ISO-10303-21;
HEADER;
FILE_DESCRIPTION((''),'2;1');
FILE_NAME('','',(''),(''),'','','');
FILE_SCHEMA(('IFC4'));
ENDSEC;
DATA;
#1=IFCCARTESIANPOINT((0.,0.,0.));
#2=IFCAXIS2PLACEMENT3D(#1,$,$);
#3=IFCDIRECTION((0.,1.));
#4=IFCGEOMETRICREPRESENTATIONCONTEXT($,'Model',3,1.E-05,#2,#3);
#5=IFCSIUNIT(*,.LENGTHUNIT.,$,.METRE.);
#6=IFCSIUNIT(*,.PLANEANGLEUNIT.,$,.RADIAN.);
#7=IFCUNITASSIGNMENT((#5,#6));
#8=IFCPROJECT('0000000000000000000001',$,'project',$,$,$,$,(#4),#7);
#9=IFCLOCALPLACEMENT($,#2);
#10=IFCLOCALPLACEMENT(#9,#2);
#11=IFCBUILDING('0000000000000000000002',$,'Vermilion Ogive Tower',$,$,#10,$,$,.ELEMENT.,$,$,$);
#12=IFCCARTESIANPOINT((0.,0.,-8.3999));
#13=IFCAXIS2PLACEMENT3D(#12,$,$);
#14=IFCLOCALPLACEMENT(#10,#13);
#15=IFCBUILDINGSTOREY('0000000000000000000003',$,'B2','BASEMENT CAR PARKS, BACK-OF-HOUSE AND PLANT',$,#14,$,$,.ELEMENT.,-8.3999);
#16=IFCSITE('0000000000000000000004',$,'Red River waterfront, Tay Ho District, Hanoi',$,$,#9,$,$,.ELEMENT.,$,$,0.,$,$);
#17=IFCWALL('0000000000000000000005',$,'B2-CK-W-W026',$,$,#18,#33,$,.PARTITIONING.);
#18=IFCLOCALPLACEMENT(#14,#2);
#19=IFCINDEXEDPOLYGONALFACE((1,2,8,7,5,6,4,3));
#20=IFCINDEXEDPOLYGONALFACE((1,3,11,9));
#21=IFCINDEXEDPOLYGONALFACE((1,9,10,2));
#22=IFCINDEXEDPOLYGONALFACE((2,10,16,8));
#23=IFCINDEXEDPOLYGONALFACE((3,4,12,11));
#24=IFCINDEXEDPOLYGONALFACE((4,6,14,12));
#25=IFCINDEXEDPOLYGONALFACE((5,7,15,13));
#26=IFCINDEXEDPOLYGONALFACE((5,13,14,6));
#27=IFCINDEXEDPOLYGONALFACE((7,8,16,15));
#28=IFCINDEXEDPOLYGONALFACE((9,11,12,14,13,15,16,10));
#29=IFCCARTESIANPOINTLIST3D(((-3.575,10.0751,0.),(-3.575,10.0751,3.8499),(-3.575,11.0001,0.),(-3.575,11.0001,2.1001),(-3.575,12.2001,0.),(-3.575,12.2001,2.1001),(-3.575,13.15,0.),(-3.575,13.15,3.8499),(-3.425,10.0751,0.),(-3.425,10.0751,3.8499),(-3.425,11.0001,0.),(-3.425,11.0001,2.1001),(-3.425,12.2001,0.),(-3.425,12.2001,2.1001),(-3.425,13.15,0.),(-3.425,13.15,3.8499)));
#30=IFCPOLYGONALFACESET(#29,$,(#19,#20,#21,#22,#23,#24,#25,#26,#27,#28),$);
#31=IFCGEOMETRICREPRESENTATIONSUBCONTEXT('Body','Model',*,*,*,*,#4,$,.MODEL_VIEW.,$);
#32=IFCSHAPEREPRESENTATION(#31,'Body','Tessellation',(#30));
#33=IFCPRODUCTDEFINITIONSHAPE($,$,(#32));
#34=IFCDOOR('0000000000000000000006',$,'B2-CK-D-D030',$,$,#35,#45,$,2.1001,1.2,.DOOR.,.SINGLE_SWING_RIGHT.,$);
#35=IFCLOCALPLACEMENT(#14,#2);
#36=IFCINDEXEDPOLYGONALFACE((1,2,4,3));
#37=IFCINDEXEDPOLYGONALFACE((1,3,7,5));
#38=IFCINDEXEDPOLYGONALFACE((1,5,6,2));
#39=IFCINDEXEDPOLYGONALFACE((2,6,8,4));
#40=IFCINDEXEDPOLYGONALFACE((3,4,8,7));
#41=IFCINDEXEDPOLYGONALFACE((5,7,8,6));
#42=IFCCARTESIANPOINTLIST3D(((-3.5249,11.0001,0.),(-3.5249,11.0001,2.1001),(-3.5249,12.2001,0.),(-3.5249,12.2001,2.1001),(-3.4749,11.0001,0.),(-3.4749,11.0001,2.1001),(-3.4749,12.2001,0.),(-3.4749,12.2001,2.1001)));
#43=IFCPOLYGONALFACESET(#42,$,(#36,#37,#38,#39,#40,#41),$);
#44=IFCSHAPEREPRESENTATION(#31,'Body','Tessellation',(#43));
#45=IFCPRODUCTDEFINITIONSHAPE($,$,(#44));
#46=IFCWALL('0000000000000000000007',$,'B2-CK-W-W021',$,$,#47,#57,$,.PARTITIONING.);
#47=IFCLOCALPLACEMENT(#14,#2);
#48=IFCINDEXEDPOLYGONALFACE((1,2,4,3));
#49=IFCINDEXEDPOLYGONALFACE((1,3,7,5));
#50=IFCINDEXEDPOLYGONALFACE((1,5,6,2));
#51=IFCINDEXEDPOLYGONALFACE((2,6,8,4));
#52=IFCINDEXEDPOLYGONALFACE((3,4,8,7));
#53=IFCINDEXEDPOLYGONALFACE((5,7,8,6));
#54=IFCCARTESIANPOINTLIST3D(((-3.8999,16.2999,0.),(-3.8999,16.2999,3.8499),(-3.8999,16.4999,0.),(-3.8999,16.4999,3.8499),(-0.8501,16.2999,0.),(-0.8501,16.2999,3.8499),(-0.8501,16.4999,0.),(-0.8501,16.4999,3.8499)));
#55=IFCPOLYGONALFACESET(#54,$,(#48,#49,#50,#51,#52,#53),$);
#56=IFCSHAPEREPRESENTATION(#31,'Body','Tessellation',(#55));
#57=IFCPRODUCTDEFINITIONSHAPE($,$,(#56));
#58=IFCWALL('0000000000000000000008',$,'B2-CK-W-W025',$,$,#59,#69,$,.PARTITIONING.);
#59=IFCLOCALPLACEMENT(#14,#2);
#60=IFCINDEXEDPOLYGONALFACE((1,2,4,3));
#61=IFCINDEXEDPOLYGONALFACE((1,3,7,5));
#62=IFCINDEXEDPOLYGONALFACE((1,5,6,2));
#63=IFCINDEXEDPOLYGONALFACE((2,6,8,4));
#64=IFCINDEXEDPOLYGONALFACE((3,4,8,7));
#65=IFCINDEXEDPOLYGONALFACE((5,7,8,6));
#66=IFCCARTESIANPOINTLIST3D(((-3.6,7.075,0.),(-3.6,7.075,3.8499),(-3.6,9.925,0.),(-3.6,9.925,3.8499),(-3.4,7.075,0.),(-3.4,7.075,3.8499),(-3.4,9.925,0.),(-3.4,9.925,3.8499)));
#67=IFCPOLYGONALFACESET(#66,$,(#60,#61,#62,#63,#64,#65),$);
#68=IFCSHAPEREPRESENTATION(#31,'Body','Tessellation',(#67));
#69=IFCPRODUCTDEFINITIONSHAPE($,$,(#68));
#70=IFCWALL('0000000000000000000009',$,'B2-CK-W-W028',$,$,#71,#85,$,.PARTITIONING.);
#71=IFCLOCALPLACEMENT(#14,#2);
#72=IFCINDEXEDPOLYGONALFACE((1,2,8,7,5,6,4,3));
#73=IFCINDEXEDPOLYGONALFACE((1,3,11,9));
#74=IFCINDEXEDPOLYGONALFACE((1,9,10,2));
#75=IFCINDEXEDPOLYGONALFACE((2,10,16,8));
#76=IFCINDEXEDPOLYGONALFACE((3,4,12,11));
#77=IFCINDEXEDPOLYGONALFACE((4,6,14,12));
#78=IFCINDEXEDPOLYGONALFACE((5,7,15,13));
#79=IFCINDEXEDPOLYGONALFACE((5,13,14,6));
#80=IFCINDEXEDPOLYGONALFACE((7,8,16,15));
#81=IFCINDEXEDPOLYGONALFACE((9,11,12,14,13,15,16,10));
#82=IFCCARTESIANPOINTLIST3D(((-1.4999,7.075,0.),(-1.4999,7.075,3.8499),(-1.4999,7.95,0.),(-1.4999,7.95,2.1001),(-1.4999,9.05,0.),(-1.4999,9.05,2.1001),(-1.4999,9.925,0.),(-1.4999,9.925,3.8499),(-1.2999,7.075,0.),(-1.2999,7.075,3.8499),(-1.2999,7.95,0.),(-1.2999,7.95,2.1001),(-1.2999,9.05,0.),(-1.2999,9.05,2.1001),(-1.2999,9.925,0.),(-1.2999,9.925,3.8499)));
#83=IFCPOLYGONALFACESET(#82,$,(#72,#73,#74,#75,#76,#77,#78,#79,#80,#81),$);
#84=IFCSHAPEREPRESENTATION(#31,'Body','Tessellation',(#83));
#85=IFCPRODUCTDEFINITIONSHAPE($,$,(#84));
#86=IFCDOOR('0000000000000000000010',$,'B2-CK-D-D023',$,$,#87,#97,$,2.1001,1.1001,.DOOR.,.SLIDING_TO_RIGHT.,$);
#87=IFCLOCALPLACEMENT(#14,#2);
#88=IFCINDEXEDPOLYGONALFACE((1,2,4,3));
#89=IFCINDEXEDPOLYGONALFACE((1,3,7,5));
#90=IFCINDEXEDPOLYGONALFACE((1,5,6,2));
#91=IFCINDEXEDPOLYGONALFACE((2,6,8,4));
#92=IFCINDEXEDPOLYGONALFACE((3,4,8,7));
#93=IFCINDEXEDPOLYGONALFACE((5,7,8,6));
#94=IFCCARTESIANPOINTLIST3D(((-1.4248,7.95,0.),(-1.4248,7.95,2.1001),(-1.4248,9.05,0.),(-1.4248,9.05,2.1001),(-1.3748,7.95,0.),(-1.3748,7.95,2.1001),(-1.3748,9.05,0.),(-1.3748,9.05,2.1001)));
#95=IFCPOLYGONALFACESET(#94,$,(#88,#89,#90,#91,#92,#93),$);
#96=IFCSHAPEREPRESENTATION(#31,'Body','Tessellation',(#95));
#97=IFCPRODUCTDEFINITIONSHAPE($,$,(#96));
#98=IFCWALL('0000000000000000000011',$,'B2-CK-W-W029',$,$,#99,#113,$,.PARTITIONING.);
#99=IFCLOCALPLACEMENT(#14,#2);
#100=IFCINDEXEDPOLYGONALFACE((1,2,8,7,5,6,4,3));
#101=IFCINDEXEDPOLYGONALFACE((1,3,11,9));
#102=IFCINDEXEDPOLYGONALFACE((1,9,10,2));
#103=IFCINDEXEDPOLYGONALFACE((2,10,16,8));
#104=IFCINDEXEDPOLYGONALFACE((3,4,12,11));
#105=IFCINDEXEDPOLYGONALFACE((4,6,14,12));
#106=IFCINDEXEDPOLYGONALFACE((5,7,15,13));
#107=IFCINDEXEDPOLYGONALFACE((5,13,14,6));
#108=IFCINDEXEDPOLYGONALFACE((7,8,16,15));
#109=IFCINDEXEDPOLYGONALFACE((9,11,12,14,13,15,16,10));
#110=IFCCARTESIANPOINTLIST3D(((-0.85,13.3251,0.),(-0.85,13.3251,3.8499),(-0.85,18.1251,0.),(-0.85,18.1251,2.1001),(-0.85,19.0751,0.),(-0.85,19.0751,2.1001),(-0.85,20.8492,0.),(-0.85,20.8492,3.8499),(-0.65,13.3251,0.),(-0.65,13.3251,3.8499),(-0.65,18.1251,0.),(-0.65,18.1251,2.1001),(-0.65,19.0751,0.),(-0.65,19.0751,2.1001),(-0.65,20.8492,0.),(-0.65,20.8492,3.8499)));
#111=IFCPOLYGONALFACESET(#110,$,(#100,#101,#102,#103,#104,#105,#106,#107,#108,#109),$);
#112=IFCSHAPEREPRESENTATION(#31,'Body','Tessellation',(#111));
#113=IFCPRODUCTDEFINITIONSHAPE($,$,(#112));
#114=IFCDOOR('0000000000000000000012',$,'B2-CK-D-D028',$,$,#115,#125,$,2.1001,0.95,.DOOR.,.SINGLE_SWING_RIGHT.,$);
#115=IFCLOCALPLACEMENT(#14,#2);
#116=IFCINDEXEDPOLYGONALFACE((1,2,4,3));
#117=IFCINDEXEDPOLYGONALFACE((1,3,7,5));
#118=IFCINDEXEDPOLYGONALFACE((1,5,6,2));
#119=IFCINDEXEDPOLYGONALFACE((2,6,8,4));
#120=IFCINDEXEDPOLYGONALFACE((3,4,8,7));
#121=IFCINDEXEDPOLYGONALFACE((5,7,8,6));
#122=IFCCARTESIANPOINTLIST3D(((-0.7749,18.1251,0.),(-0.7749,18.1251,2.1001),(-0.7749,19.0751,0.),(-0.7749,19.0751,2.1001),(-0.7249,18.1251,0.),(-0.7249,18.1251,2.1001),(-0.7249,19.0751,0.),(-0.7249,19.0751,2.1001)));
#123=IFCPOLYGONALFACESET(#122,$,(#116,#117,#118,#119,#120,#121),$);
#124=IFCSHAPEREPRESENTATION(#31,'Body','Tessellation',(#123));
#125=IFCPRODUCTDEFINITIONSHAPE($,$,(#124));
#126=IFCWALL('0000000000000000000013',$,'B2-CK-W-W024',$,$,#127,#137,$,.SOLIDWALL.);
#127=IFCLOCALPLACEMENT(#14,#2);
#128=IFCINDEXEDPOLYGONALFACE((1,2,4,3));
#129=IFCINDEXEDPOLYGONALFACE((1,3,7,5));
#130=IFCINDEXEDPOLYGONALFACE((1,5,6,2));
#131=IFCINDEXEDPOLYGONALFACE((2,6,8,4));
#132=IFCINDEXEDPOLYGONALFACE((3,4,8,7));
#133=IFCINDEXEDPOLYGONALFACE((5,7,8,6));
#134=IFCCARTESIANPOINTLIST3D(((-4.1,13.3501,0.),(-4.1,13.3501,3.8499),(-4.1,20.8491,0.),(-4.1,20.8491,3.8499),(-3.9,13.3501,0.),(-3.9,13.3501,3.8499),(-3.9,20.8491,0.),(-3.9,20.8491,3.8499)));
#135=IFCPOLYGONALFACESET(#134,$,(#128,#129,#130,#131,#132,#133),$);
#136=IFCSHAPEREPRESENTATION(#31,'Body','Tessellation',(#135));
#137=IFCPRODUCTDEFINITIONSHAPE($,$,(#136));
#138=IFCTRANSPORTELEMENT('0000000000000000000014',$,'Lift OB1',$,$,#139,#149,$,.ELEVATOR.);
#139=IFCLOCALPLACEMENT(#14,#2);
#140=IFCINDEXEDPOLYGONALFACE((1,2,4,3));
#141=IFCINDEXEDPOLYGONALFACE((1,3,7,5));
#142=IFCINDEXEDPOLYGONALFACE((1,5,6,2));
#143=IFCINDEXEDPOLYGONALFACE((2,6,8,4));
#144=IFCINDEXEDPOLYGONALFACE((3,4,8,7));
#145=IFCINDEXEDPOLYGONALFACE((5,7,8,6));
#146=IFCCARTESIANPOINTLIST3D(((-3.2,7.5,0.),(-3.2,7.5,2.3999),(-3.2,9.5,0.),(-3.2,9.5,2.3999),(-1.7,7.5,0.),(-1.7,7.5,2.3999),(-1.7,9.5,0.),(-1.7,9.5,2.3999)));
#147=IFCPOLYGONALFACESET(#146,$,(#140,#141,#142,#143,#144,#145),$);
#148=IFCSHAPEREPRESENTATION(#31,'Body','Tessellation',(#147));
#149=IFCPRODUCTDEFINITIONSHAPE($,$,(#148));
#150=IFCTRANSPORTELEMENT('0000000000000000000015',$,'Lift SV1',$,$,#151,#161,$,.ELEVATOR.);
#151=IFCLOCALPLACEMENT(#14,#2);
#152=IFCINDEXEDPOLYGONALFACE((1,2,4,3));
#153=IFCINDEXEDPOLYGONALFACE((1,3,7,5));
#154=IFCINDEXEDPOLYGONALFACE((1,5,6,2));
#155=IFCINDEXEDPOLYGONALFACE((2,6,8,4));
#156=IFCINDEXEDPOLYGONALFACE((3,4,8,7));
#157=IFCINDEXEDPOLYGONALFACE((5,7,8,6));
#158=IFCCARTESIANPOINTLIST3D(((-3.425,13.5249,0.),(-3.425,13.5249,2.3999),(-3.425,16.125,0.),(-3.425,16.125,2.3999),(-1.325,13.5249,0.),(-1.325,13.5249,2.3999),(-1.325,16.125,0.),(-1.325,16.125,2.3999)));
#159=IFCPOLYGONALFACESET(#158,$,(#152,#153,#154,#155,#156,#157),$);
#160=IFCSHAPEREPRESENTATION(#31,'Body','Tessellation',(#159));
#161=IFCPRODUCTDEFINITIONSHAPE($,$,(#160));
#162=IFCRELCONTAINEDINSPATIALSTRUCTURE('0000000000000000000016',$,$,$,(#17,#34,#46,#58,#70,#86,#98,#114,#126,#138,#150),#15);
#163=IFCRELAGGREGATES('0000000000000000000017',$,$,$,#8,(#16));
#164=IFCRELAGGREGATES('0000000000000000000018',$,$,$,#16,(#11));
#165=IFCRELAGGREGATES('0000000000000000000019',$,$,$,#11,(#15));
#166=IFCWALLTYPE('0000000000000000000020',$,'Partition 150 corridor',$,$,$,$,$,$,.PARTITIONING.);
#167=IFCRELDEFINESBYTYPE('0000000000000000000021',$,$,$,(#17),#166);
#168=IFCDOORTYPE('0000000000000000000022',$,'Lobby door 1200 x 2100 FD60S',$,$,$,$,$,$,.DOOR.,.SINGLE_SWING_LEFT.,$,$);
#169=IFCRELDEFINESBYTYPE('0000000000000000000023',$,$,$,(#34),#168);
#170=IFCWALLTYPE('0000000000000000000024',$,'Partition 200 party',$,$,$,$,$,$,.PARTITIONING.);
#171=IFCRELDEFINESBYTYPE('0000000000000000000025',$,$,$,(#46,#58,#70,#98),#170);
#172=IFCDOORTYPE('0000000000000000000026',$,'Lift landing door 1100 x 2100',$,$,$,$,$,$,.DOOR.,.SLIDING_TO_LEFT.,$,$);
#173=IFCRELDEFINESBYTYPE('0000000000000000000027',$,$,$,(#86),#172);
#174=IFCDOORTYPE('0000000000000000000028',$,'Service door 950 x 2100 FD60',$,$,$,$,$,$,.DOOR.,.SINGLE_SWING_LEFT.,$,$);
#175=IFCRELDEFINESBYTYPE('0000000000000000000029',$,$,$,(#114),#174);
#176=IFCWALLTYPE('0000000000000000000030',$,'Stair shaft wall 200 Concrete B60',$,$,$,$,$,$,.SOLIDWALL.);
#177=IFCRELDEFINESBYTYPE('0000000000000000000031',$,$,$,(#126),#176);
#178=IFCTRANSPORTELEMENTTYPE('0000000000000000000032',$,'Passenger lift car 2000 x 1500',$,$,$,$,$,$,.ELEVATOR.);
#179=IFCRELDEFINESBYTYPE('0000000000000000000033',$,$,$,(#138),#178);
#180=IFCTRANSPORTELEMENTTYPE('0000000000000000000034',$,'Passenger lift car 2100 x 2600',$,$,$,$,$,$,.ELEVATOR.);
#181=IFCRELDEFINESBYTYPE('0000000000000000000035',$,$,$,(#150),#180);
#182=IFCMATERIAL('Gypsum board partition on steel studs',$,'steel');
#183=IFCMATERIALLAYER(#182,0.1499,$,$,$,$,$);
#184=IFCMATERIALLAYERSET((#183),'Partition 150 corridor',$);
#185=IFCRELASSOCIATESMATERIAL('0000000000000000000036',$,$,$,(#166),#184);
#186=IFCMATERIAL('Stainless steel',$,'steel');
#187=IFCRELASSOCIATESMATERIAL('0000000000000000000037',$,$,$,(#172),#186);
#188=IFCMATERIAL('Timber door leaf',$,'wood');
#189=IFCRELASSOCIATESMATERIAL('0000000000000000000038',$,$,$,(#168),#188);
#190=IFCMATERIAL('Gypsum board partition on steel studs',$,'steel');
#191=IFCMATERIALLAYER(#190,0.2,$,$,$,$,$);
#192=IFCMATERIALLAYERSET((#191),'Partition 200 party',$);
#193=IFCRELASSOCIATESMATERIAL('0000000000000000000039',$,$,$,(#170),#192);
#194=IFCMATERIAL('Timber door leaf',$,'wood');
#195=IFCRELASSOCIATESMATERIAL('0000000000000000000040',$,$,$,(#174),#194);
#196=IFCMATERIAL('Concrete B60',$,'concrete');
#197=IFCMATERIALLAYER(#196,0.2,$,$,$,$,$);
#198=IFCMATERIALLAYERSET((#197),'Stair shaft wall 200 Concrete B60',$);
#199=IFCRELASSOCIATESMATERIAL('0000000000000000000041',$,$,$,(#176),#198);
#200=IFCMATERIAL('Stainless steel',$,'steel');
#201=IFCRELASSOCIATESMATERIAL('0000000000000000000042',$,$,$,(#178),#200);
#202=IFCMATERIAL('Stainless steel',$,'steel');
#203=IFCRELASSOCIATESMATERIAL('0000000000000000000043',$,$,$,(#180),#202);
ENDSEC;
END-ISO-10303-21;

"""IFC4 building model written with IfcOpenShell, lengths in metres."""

from ifc_helpers import new_model, si_unit, direction, frame, frame_2d, origin, origin_2d, place, context, subcontext, project, spatial, rectangle, extrude, material, layer, layer_set, type_object, element, fill, save


model = new_model("IFC4")

# Units and contexts
model_context = context("Model", 3, precision=1e-05, world=origin(), true_north=direction((0.0, 1.0)))
body_context = subcontext(model_context, "Body", "Model", "MODEL_VIEW")
ifc_project = project(units=[si_unit("LENGTHUNIT", "METRE"), si_unit("PLANEANGLEUNIT", "RADIAN")], contexts=[model_context])

# Site, building, storey
site_placement = place(None, origin())
site = spatial("IfcSite", under=ifc_project, at=site_placement, Name="Red River waterfront, Tay Ho District, Hanoi", CompositionType="ELEMENT", RefElevation=0.0)
building_placement = place(site_placement, origin())
building = spatial("IfcBuilding", under=site, at=building_placement, Name="Vermilion Ogive Tower", CompositionType="ELEMENT")
storey_placement = place(building_placement, frame((0.0, 0.0, -8.3999)))
storey = spatial("IfcBuildingStorey", under=building, at=storey_placement, Name="B2", Description="BASEMENT CAR PARKS, BACK-OF-HOUSE AND PLANT", CompositionType="ELEMENT", Elevation=-8.3999)

# Shared definitions
ifc_material_1 = material(Name="Gypsum board partition on steel studs", Category="steel")
ifc_layer_1 = layer(ifc_material_1, 0.1499)
ifc_layer_set_1 = layer_set([ifc_layer_1], Name="Partition 150 corridor")
wall_type_1 = type_object("IfcWallType", Name="Partition 150 corridor", PredefinedType="PARTITIONING", material=ifc_layer_set_1)

# Shared definitions
ifc_material_2 = material(Name="Stainless steel", Category="steel")
door_type_1 = type_object("IfcDoorType", Name="Lift landing door 1100 x 2100", OperationType="SLIDING_TO_LEFT", PredefinedType="DOOR", material=ifc_material_2)

# Wall, opening, door
wall_1_placement = place(storey_placement, frame((-3.5, 10.075, 0.0), z_axis=(0.0, 0.0, 1.0), x_axis=(0.0, 1.0, 0.0)))
wall_1 = element("IfcWall", 1, at=wall_1_placement, inside=storey, type_object=wall_type_1, Name="B2-CK-W-W026", PredefinedType="PARTITIONING", context=body_context, shape_type="SweptSolid", body=[
    extrude(rectangle(XDim=3.075, YDim=0.1499, at=frame_2d((1.5376, 0.0))), origin(), (0.0, 0.0, 1.0), 3.8499),
])
opening_1_placement = place(wall_1_placement, frame((0.925, 0.0, 0.0)))
opening_1 = element("IfcOpeningElement", 2, at=opening_1_placement, cuts=wall_1, PredefinedType="OPENING", context=body_context, shape_type="SweptSolid", body=[
    extrude(rectangle(XDim=1.2, YDim=2.1001, at=frame_2d((0.6001, 1.05))), frame((0.0, 0.085, 0.0), z_axis=(0.0, -1.0, 0.0), x_axis=(1.0, 0.0, 0.0)), (0.0, 0.0, 1.0), 0.1699),
])
ifc_material_3 = material(Name="Timber door leaf", Category="wood")
door_type_2 = type_object("IfcDoorType", Name="Lobby door 1200 x 2100 FD60S", OperationType="SINGLE_SWING_LEFT", PredefinedType="DOOR", material=ifc_material_3)
door_1_placement = place(opening_1_placement, origin())
door_1 = element("IfcDoor", 3, at=door_1_placement, inside=storey, type_object=door_type_2, Name="B2-CK-D-D030", OperationType="SINGLE_SWING_RIGHT", OverallHeight=2.1001, OverallWidth=1.2, PredefinedType="DOOR", context=body_context, shape_type="SweptSolid", body=[
    extrude(rectangle(XDim=1.2, YDim=2.1001, at=frame_2d((0.6001, 1.05))), frame((0.0, 0.0249, 0.0), z_axis=(0.0, -1.0, 0.0), x_axis=(1.0, 0.0, 0.0)), (0.0, 0.0, 1.0), 0.05),
])
fill(opening_1, door_1)

# Walls
ifc_material_4 = material(Name="Gypsum board partition on steel studs", Category="steel")
ifc_layer_2 = layer(ifc_material_4, 0.2)
ifc_layer_set_2 = layer_set([ifc_layer_2], Name="Partition 200 party")
wall_type_2 = type_object("IfcWallType", Name="Partition 200 party", PredefinedType="PARTITIONING", material=ifc_layer_set_2)
wall_2_placement = place(storey_placement, frame((-3.8999, 16.3999, 0.0), z_axis=(0.0, 0.0, 1.0), x_axis=(1.0, 0.0, 0.0)))
element("IfcWall", 4, at=wall_2_placement, inside=storey, type_object=wall_type_2, Name="B2-CK-W-W021", PredefinedType="PARTITIONING", context=body_context, shape_type="SweptSolid", body=[
    extrude(rectangle(XDim=3.0498, YDim=0.2, at=frame_2d((1.5249, 0.0))), origin(), (0.0, 0.0, 1.0), 3.8499),
])
wall_3_placement = place(storey_placement, frame((-3.5, 7.075, 0.0), z_axis=(0.0, 0.0, 1.0), x_axis=(0.0, 1.0, 0.0)))
element("IfcWall", 5, at=wall_3_placement, inside=storey, type_object=wall_type_2, Name="B2-CK-W-W025", PredefinedType="PARTITIONING", context=body_context, shape_type="SweptSolid", body=[
    extrude(rectangle(XDim=2.8501, YDim=0.2, at=frame_2d((1.425, 0.0))), origin(), (0.0, 0.0, 1.0), 3.8499),
])

# Walls, openings, doors
wall_4_placement = place(storey_placement, frame((-1.3999, 7.075, 0.0), z_axis=(0.0, 0.0, 1.0), x_axis=(0.0, 1.0, 0.0)))
wall_4 = element("IfcWall", 6, at=wall_4_placement, inside=storey, type_object=wall_type_2, Name="B2-CK-W-W028", PredefinedType="PARTITIONING", context=body_context, shape_type="SweptSolid", body=[
    extrude(rectangle(XDim=2.8501, YDim=0.2, at=frame_2d((1.425, 0.0))), origin(), (0.0, 0.0, 1.0), 3.8499),
])
opening_2_placement = place(wall_4_placement, frame((0.875, 0.0, 0.0)))
opening_2 = element("IfcOpeningElement", 7, at=opening_2_placement, cuts=wall_4, PredefinedType="OPENING", context=body_context, shape_type="SweptSolid", body=[
    extrude(rectangle(XDim=1.1001, YDim=2.1001, at=frame_2d((0.55, 1.05))), frame((0.0, 0.1099, 0.0), z_axis=(0.0, -1.0, 0.0), x_axis=(1.0, 0.0, 0.0)), (0.0, 0.0, 1.0), 0.22),
])
door_2_placement = place(opening_2_placement, origin())
door_2 = element("IfcDoor", 8, at=door_2_placement, inside=storey, type_object=door_type_1, Name="B2-CK-D-D023", OperationType="SLIDING_TO_RIGHT", OverallHeight=2.1001, OverallWidth=1.1001, PredefinedType="DOOR", context=body_context, shape_type="SweptSolid", body=[
    extrude(rectangle(XDim=1.1001, YDim=2.1001, at=frame_2d((0.55, 1.05))), frame((0.0, 0.0249, 0.0), z_axis=(0.0, -1.0, 0.0), x_axis=(1.0, 0.0, 0.0)), (0.0, 0.0, 1.0), 0.05),
])
fill(opening_2, door_2)
wall_5_placement = place(storey_placement, frame((-0.75, 13.325, 0.0), z_axis=(0.0, 0.0, 1.0), x_axis=(0.0, 1.0, 0.0)))
wall_5 = element("IfcWall", 9, at=wall_5_placement, inside=storey, type_object=wall_type_2, Name="B2-CK-W-W029", PredefinedType="PARTITIONING", context=body_context, shape_type="SweptSolid", body=[
    extrude(rectangle(XDim=7.5242, YDim=0.2, at=frame_2d((3.7622, 0.0))), origin(), (0.0, 0.0, 1.0), 3.8499),
])
opening_3_placement = place(wall_5_placement, frame((4.8, 0.0, 0.0)))
opening_3 = element("IfcOpeningElement", 10, at=opening_3_placement, cuts=wall_5, PredefinedType="OPENING", context=body_context, shape_type="SweptSolid", body=[
    extrude(rectangle(XDim=0.95, YDim=2.1001, at=frame_2d((0.4751, 1.05))), frame((0.0, 0.1099, 0.0), z_axis=(0.0, -1.0, 0.0), x_axis=(1.0, 0.0, 0.0)), (0.0, 0.0, 1.0), 0.22),
])
ifc_material_5 = material(Name="Timber door leaf", Category="wood")
door_type_3 = type_object("IfcDoorType", Name="Service door 950 x 2100 FD60", OperationType="SINGLE_SWING_LEFT", PredefinedType="DOOR", material=ifc_material_5)
door_3_placement = place(opening_3_placement, origin())
door_3 = element("IfcDoor", 11, at=door_3_placement, inside=storey, type_object=door_type_3, Name="B2-CK-D-D028", OperationType="SINGLE_SWING_RIGHT", OverallHeight=2.1001, OverallWidth=0.95, PredefinedType="DOOR", context=body_context, shape_type="SweptSolid", body=[
    extrude(rectangle(XDim=0.95, YDim=2.1001, at=frame_2d((0.4751, 1.05))), frame((0.0, 0.0249, 0.0), z_axis=(0.0, -1.0, 0.0), x_axis=(1.0, 0.0, 0.0)), (0.0, 0.0, 1.0), 0.05),
])
fill(opening_3, door_3)

# Wall
ifc_material_6 = material(Name="Concrete B60", Category="concrete")
ifc_layer_3 = layer(ifc_material_6, 0.2)
ifc_layer_set_3 = layer_set([ifc_layer_3], Name="Stair shaft wall 200 Concrete B60")
wall_type_3 = type_object("IfcWallType", Name="Stair shaft wall 200 Concrete B60", PredefinedType="SOLIDWALL", material=ifc_layer_set_3)
wall_6_placement = place(storey_placement, frame((-4.0, 13.3501, 0.0), z_axis=(0.0, 0.0, 1.0), x_axis=(0.0, 1.0, 0.0)))
element("IfcWall", 12, at=wall_6_placement, inside=storey, type_object=wall_type_3, Name="B2-CK-W-W024", PredefinedType="SOLIDWALL", context=body_context, shape_type="SweptSolid", body=[
    extrude(rectangle(XDim=7.499, YDim=0.2, at=frame_2d((3.7495, 0.0))), origin(), (0.0, 0.0, 1.0), 3.8499),
])

# Transport elements
ifc_material_7 = material(Name="Stainless steel", Category="steel")
transport_element_type_1 = type_object("IfcTransportElementType", Name="Passenger lift car 2000 x 1500", PredefinedType="ELEVATOR", material=ifc_material_7)
transport_element_1_placement = place(storey_placement, frame((-2.45, 8.5, 0.0), z_axis=(0.0, 0.0, 1.0), x_axis=(1.0, 0.0, 0.0)))
element("IfcTransportElement", 13, at=transport_element_1_placement, inside=storey, type_object=transport_element_type_1, Name="Lift OB1", PredefinedType="ELEVATOR", context=body_context, shape_type="SweptSolid", body=[
    extrude(rectangle(XDim=1.5, YDim=2.0, at=origin_2d()), origin(), (0.0, 0.0, 1.0), 2.3999),
])
ifc_material_8 = material(Name="Stainless steel", Category="steel")
transport_element_type_2 = type_object("IfcTransportElementType", Name="Passenger lift car 2100 x 2600", PredefinedType="ELEVATOR", material=ifc_material_8)
transport_element_2_placement = place(storey_placement, frame((-2.375, 14.825, 0.0), z_axis=(0.0, 0.0, 1.0), x_axis=(1.0, 0.0, 0.0)))
element("IfcTransportElement", 14, at=transport_element_2_placement, inside=storey, type_object=transport_element_type_2, Name="Lift SV1", PredefinedType="ELEVATOR", context=body_context, shape_type="SweptSolid", body=[
    extrude(rectangle(XDim=2.1001, YDim=2.6001, at=origin_2d()), origin(), (0.0, 0.0, 1.0), 2.3999),
])

save(model, "model.ifc")
